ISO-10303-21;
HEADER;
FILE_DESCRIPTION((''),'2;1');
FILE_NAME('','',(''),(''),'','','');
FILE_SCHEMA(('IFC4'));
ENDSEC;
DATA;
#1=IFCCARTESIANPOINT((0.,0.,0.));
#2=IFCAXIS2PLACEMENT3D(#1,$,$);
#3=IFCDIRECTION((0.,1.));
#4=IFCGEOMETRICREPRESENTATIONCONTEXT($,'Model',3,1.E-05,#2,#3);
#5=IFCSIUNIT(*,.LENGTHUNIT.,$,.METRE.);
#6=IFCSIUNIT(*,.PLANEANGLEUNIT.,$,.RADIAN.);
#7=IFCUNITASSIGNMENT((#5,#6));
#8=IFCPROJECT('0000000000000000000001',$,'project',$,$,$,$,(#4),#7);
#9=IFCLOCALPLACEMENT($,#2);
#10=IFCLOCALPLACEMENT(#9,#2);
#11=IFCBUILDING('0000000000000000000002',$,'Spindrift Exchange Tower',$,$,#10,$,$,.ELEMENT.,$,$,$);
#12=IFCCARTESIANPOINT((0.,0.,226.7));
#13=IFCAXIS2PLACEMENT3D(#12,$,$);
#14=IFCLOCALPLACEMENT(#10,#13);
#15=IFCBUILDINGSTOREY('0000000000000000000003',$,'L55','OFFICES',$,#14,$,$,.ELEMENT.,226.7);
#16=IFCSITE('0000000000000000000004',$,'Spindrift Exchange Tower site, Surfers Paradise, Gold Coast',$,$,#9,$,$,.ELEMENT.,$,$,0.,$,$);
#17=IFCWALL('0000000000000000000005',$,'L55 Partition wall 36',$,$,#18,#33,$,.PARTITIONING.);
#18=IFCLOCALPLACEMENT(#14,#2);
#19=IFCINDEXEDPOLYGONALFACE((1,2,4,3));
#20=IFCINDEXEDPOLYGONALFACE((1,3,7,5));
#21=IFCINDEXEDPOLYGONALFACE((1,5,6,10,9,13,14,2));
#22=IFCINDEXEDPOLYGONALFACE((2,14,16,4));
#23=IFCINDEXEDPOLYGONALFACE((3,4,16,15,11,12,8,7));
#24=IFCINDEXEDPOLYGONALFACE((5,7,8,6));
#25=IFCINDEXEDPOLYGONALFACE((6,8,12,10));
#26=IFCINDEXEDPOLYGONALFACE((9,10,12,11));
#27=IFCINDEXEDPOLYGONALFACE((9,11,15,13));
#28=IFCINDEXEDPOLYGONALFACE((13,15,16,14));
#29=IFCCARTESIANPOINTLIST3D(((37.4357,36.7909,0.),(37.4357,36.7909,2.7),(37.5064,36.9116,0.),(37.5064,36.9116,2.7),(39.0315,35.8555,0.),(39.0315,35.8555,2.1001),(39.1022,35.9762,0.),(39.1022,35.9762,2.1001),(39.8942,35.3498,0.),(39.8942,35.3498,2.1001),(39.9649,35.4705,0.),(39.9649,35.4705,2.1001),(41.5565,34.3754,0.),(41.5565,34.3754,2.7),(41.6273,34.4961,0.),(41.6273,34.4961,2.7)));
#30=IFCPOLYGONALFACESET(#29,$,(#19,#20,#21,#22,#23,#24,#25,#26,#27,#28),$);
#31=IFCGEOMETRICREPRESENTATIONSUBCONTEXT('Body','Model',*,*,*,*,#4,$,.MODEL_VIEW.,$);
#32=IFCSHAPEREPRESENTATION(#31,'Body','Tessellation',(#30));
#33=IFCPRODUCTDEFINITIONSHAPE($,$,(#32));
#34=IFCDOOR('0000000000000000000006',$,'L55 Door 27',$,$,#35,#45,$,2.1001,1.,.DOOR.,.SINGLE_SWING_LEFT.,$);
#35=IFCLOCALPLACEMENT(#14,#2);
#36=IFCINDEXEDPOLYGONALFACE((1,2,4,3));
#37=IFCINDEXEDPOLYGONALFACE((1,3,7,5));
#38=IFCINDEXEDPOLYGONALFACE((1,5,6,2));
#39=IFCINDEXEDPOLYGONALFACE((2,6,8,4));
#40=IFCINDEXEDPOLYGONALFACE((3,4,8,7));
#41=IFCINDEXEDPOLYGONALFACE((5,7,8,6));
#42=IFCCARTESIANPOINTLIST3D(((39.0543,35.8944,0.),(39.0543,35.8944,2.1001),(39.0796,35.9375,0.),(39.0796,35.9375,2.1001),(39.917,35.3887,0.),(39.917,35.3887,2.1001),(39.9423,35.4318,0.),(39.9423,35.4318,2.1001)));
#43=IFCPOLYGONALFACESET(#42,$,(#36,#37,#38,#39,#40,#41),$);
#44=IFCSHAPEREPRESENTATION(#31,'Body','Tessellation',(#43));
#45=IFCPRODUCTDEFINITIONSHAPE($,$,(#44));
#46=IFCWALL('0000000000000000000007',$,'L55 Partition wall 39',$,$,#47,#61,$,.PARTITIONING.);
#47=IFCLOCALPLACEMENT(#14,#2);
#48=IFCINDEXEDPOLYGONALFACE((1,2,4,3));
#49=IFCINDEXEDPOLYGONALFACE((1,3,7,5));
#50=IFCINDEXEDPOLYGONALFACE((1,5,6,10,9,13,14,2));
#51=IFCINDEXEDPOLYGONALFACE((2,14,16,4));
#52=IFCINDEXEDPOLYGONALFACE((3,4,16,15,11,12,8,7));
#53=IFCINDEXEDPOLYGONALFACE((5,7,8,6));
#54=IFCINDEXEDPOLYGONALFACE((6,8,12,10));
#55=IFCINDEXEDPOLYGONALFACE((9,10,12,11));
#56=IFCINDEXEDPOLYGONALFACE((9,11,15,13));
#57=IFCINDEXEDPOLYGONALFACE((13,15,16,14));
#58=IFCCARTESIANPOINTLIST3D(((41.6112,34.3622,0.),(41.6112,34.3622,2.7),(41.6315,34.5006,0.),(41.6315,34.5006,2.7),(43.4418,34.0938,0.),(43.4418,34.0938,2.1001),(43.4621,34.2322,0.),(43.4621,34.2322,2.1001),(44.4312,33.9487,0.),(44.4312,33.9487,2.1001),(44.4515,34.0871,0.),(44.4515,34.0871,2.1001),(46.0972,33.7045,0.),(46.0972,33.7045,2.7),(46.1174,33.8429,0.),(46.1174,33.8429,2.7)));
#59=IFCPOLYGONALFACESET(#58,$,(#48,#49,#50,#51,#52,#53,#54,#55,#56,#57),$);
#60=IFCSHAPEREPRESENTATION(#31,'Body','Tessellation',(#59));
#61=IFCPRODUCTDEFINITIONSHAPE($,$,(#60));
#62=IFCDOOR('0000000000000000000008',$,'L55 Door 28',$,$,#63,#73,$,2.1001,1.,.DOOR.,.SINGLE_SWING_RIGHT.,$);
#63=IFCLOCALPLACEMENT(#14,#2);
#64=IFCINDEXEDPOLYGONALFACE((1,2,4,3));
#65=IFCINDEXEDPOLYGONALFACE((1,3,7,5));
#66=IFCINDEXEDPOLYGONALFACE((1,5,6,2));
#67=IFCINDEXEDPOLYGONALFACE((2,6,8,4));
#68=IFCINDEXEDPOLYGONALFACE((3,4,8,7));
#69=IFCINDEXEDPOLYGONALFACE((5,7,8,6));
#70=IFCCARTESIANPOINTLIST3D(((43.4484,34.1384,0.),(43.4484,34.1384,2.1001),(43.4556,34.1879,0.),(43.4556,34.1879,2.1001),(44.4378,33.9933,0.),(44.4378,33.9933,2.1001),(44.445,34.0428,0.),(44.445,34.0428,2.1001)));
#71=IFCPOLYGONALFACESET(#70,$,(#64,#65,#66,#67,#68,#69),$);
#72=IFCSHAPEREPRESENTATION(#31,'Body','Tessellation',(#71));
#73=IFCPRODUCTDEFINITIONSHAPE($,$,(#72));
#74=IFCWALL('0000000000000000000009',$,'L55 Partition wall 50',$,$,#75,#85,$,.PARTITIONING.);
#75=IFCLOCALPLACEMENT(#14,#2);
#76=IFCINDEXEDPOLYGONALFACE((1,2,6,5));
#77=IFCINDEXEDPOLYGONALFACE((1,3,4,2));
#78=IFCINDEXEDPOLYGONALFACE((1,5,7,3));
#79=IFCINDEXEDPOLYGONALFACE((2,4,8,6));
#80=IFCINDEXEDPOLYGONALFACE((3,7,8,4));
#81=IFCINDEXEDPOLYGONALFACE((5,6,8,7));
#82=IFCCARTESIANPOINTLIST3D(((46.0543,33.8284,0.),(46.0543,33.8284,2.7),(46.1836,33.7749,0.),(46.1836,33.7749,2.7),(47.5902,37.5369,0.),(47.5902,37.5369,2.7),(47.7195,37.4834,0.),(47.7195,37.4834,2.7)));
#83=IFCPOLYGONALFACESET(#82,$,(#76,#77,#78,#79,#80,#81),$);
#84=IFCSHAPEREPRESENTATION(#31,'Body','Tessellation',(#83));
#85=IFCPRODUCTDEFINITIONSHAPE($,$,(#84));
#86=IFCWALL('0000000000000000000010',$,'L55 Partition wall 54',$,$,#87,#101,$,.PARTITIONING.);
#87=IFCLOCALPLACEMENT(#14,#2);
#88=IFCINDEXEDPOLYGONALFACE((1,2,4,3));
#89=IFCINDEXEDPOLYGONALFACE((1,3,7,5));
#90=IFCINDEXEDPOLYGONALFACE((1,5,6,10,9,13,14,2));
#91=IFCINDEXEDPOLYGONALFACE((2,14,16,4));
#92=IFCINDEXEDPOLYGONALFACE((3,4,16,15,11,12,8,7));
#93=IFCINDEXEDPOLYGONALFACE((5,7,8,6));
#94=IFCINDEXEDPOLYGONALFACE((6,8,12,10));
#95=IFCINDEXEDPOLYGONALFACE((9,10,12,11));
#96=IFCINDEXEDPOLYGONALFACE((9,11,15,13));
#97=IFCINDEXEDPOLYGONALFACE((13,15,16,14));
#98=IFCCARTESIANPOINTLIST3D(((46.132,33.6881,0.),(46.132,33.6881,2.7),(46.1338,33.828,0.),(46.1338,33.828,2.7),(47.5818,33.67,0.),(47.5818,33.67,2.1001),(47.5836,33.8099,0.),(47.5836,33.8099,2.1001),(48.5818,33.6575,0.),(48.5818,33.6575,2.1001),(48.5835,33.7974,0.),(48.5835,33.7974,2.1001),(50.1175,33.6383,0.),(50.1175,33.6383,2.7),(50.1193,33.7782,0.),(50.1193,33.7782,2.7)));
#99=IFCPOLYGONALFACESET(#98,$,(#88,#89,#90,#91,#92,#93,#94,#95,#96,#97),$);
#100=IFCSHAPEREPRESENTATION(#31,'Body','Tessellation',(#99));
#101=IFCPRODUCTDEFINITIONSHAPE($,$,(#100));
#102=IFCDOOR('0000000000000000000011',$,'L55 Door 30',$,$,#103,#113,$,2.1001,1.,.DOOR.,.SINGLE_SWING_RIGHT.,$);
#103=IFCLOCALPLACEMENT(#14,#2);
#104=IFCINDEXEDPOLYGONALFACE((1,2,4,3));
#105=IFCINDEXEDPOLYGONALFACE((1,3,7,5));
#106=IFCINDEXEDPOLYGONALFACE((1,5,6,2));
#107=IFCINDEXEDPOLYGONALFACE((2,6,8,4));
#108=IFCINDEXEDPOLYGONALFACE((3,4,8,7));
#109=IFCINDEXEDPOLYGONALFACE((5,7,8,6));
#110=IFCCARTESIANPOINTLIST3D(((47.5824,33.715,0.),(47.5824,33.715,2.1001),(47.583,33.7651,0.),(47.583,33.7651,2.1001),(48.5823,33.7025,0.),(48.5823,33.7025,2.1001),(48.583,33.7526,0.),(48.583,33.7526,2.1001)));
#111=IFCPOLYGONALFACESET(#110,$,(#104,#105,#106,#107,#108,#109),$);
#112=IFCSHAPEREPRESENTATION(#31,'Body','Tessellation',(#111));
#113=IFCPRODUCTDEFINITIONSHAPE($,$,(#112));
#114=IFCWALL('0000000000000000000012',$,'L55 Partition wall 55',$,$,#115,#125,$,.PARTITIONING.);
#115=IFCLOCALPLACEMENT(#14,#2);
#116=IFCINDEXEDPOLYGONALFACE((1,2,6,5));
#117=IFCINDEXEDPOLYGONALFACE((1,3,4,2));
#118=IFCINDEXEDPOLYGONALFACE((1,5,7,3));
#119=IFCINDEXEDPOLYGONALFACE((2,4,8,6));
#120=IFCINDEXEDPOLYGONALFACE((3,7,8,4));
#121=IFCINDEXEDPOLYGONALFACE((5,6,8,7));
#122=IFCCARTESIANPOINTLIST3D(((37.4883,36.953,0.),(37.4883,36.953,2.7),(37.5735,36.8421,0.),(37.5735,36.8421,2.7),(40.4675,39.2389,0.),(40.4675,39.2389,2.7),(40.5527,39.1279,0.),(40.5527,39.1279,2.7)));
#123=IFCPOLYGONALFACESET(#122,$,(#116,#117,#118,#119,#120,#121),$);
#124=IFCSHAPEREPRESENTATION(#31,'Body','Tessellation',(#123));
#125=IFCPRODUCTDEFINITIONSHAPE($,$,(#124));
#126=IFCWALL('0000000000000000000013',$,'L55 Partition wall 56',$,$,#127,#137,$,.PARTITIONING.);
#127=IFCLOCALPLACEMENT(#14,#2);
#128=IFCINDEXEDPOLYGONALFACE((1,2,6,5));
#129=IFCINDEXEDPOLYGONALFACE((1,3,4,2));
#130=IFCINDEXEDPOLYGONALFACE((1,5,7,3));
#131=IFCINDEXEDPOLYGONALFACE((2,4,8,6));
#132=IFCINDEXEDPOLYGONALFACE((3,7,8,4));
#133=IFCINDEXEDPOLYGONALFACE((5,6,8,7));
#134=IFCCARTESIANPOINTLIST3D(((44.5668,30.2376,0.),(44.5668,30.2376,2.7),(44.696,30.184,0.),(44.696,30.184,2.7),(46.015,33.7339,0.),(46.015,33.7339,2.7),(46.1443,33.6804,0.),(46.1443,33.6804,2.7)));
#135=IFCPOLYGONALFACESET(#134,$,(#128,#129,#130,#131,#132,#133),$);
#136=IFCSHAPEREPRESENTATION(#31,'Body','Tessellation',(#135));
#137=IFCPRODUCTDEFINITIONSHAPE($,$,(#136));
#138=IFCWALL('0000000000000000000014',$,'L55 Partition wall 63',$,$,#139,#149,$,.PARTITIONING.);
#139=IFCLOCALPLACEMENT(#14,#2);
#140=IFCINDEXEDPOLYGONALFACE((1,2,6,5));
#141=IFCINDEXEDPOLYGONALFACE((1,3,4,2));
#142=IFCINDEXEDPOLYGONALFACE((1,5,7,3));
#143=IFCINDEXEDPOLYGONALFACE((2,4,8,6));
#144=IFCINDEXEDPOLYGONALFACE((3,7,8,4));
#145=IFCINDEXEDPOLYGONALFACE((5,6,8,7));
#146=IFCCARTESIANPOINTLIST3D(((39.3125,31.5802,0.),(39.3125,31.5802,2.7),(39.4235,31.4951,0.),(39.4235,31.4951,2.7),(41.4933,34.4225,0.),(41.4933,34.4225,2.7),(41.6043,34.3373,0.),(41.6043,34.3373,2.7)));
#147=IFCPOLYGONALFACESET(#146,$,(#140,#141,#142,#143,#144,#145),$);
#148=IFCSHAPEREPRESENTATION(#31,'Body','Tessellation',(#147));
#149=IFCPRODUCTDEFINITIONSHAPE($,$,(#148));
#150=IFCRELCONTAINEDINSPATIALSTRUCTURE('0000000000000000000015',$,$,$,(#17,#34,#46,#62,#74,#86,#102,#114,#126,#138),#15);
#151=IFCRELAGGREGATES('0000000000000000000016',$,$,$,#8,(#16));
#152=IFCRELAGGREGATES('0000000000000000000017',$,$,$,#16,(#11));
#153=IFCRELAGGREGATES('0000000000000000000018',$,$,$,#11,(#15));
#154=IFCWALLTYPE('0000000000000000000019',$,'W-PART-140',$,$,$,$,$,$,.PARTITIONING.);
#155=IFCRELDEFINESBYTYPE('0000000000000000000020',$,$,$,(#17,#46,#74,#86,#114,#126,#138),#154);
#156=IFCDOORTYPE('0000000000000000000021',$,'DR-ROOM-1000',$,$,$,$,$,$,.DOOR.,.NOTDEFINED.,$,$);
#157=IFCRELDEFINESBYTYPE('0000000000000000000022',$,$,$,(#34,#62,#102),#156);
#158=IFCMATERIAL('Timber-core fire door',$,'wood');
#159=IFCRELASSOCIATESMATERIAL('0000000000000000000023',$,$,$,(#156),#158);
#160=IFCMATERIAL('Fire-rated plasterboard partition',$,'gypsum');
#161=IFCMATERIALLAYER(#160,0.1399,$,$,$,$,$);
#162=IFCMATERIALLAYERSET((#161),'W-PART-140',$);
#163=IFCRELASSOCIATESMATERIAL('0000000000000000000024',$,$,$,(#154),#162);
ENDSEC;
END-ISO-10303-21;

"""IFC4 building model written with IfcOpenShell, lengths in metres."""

from ifc_helpers import new_model, si_unit, direction, frame, frame_2d, origin, place, context, subcontext, project, spatial, rectangle, extrude, source, transform, mapped, material, layer, layer_set, type_object, element, fill, save


model = new_model("IFC4")

# Units and contexts
model_context = context("Model", 3, precision=1e-05, world=origin(), true_north=direction((0.0, 1.0)))
body_context = subcontext(model_context, "Body", "Model", "MODEL_VIEW")
ifc_project = project(units=[si_unit("LENGTHUNIT", "METRE"), si_unit("PLANEANGLEUNIT", "RADIAN")], contexts=[model_context])

# Site, building, storey
site_placement = place(None, origin())
site = spatial("IfcSite", under=ifc_project, at=site_placement, Name="Spindrift Exchange Tower site, Surfers Paradise, Gold Coast", CompositionType="ELEMENT", RefElevation=0.0)
building_placement = place(site_placement, origin())
building = spatial("IfcBuilding", under=site, at=building_placement, Name="Spindrift Exchange Tower", CompositionType="ELEMENT")
storey_placement = place(building_placement, frame((0.0, 0.0, 226.7)))
storey = spatial("IfcBuildingStorey", under=building, at=storey_placement, Name="L55", Description="OFFICES", CompositionType="ELEMENT", Elevation=226.7)

# Shared definitions
ifc_material_1 = material(Name="Fire-rated plasterboard partition", Category="gypsum")
ifc_material_2 = material(Name="Timber-core fire door", Category="wood")
door_type_1 = type_object("IfcDoorType", Name="DR-ROOM-1000", OperationType="NOTDEFINED", PredefinedType="DOOR", material=ifc_material_2)
shared_shape_1 = source(origin(), body_context, "Body", "SweptSolid", [
    extrude(rectangle(XDim=1.0, YDim=2.1001, at=frame_2d((0.5, 1.05))), frame((0.0, 0.0249, 0.0), z_axis=(0.0, -1.0, 0.0), x_axis=(1.0, 0.0, 0.0)), (0.0, 0.0, 1.0), 0.05),
])

# Walls, openings, doors
ifc_layer_1 = layer(ifc_material_1, 0.1399)
ifc_layer_set_1 = layer_set([ifc_layer_1], Name="W-PART-140")
wall_type_1 = type_object("IfcWallType", Name="W-PART-140", PredefinedType="PARTITIONING", material=ifc_layer_set_1)
wall_1_placement = place(storey_placement, frame((41.5918, 34.4358, 0.0), z_axis=(0.0, 0.0, 1.0), x_axis=(-0.862711, 0.505697, 0.0)))
wall_1 = element("IfcWall", 1, at=wall_1_placement, inside=storey, type_object=wall_type_1, Name="L55 Partition wall 36", PredefinedType="PARTITIONING", context=body_context, shape_type="SweptSolid", body=[
    extrude(rectangle(XDim=4.7766, YDim=0.1399, at=frame_2d((2.3882, 0.0))), origin(), (0.0, 0.0, 1.0), 2.7),
])
opening_1_placement = place(wall_1_placement, frame((1.9268, 0.0, 0.0)))
opening_1 = element("IfcOpeningElement", 2, at=opening_1_placement, cuts=wall_1, PredefinedType="OPENING", context=body_context, shape_type="SweptSolid", body=[
    extrude(rectangle(XDim=1.0, YDim=2.1001, at=frame_2d((0.5, 1.05))), frame((0.0, 0.0798, 0.0), z_axis=(0.0, -1.0, 0.0), x_axis=(1.0, 0.0, 0.0)), (0.0, 0.0, 1.0), 0.1599),
])
door_1_placement = place(opening_1_placement, origin())
door_1 = element("IfcDoor", 3, at=door_1_placement, inside=storey, type_object=door_type_1, Name="L55 Door 27", OperationType="SINGLE_SWING_LEFT", OverallHeight=2.1001, OverallWidth=1.0, PredefinedType="DOOR", context=body_context, shape_type="MappedRepresentation", body=[
    mapped(shared_shape_1, transform((0.0, 0.0, 0.0), scale=1.0)),
])
fill(opening_1, door_1)
wall_2_placement = place(storey_placement, frame((46.1074, 33.7737, 0.0), z_axis=(0.0, 0.0, 1.0), x_axis=(-0.989423, 0.145061, 0.0)))
wall_2 = element("IfcWall", 4, at=wall_2_placement, inside=storey, type_object=wall_type_1, Name="L55 Partition wall 39", PredefinedType="PARTITIONING", context=body_context, shape_type="SweptSolid", body=[
    extrude(rectangle(XDim=4.5339, YDim=0.1399, at=frame_2d((2.2671, 0.0))), origin(), (0.0, 0.0, 1.0), 2.7),
])
opening_2_placement = place(wall_2_placement, frame((1.6838, 0.0, 0.0)))
opening_2 = element("IfcOpeningElement", 5, at=opening_2_placement, cuts=wall_2, PredefinedType="OPENING", context=body_context, shape_type="SweptSolid", body=[
    extrude(rectangle(XDim=1.0, YDim=2.1001, at=frame_2d((0.5, 1.05))), frame((0.0, 0.0798, 0.0), z_axis=(0.0, -1.0, 0.0), x_axis=(1.0, 0.0, 0.0)), (0.0, 0.0, 1.0), 0.1599),
])
door_2_placement = place(opening_2_placement, origin())
door_2 = element("IfcDoor", 6, at=door_2_placement, inside=storey, type_object=door_type_1, Name="L55 Door 28", OperationType="SINGLE_SWING_RIGHT", OverallHeight=2.1001, OverallWidth=1.0, PredefinedType="DOOR", context=body_context, shape_type="MappedRepresentation", body=[
    mapped(shared_shape_1, transform((0.0, 0.0, 0.0), scale=1.0)),
])
fill(opening_2, door_2)

# Wall
wall_3_placement = place(storey_placement, frame((47.6548, 37.51, 0.0), z_axis=(0.0, 0.0, 1.0), x_axis=(-0.382636, -0.923899, 0.0)))
element("IfcWall", 7, at=wall_3_placement, inside=storey, type_object=wall_type_1, Name="L55 Partition wall 50", PredefinedType="PARTITIONING", context=body_context, shape_type="SweptSolid", body=[
    extrude(rectangle(XDim=4.0139, YDim=0.1399, at=frame_2d((2.0068, 0.0))), origin(), (0.0, 0.0, 1.0), 2.7),
])

# Wall, opening, door
wall_4_placement = place(storey_placement, frame((50.1184, 33.7083, 0.0), z_axis=(0.0, 0.0, 1.0), x_axis=(-0.999922, 0.012495, 0.0)))
wall_4 = element("IfcWall", 8, at=wall_4_placement, inside=storey, type_object=wall_type_1, Name="L55 Partition wall 54", PredefinedType="PARTITIONING", context=body_context, shape_type="SweptSolid", body=[
    extrude(rectangle(XDim=3.9858, YDim=0.1399, at=frame_2d((1.9929, 0.0))), origin(), (0.0, 0.0, 1.0), 2.7),
])
opening_3_placement = place(wall_4_placement, frame((1.5359, 0.0, 0.0)))
opening_3 = element("IfcOpeningElement", 9, at=opening_3_placement, cuts=wall_4, PredefinedType="OPENING", context=body_context, shape_type="SweptSolid", body=[
    extrude(rectangle(XDim=1.0, YDim=2.1001, at=frame_2d((0.5, 1.05))), frame((0.0, 0.0798, 0.0), z_axis=(0.0, -1.0, 0.0), x_axis=(1.0, 0.0, 0.0)), (0.0, 0.0, 1.0), 0.1599),
])
door_3_placement = place(opening_3_placement, origin())
door_3 = element("IfcDoor", 10, at=door_3_placement, inside=storey, type_object=door_type_1, Name="L55 Door 30", OperationType="SINGLE_SWING_RIGHT", OverallHeight=2.1001, OverallWidth=1.0, PredefinedType="DOOR", context=body_context, shape_type="MappedRepresentation", body=[
    mapped(shared_shape_1, transform((0.0, 0.0, 0.0), scale=1.0)),
])
fill(opening_3, door_3)

# Walls
wall_5_placement = place(storey_placement, frame((40.51, 39.1833, 0.0), z_axis=(0.0, 0.0, 1.0), x_axis=(-0.793375, -0.608733, 0.0)))
element("IfcWall", 11, at=wall_5_placement, inside=storey, type_object=wall_type_1, Name="L55 Partition wall 55", PredefinedType="PARTITIONING", context=body_context, shape_type="SweptSolid", body=[
    extrude(rectangle(XDim=3.7551, YDim=0.1399, at=frame_2d((1.8774, 0.0))), origin(), (0.0, 0.0, 1.0), 2.7),
])
wall_6_placement = place(storey_placement, frame((46.0796, 33.707, 0.0), z_axis=(0.0, 0.0, 1.0), x_axis=(-0.382686, -0.923878, 0.0)))
element("IfcWall", 12, at=wall_6_placement, inside=storey, type_object=wall_type_1, Name="L55 Partition wall 56", PredefinedType="PARTITIONING", context=body_context, shape_type="SweptSolid", body=[
    extrude(rectangle(XDim=3.7844, YDim=0.1399, at=frame_2d((1.8921, 0.0))), origin(), (0.0, 0.0, 1.0), 2.7),
])
wall_7_placement = place(storey_placement, frame((41.5488, 34.3799, 0.0), z_axis=(0.0, 0.0, 1.0), x_axis=(-0.608752, -0.793361, 0.0)))
element("IfcWall", 13, at=wall_7_placement, inside=storey, type_object=wall_type_1, Name="L55 Partition wall 63", PredefinedType="PARTITIONING", context=body_context, shape_type="SweptSolid", body=[
    extrude(rectangle(XDim=3.5825, YDim=0.1399, at=frame_2d((1.7913, 0.0))), origin(), (0.0, 0.0, 1.0), 2.7),
])

save(model, "model.ifc")
